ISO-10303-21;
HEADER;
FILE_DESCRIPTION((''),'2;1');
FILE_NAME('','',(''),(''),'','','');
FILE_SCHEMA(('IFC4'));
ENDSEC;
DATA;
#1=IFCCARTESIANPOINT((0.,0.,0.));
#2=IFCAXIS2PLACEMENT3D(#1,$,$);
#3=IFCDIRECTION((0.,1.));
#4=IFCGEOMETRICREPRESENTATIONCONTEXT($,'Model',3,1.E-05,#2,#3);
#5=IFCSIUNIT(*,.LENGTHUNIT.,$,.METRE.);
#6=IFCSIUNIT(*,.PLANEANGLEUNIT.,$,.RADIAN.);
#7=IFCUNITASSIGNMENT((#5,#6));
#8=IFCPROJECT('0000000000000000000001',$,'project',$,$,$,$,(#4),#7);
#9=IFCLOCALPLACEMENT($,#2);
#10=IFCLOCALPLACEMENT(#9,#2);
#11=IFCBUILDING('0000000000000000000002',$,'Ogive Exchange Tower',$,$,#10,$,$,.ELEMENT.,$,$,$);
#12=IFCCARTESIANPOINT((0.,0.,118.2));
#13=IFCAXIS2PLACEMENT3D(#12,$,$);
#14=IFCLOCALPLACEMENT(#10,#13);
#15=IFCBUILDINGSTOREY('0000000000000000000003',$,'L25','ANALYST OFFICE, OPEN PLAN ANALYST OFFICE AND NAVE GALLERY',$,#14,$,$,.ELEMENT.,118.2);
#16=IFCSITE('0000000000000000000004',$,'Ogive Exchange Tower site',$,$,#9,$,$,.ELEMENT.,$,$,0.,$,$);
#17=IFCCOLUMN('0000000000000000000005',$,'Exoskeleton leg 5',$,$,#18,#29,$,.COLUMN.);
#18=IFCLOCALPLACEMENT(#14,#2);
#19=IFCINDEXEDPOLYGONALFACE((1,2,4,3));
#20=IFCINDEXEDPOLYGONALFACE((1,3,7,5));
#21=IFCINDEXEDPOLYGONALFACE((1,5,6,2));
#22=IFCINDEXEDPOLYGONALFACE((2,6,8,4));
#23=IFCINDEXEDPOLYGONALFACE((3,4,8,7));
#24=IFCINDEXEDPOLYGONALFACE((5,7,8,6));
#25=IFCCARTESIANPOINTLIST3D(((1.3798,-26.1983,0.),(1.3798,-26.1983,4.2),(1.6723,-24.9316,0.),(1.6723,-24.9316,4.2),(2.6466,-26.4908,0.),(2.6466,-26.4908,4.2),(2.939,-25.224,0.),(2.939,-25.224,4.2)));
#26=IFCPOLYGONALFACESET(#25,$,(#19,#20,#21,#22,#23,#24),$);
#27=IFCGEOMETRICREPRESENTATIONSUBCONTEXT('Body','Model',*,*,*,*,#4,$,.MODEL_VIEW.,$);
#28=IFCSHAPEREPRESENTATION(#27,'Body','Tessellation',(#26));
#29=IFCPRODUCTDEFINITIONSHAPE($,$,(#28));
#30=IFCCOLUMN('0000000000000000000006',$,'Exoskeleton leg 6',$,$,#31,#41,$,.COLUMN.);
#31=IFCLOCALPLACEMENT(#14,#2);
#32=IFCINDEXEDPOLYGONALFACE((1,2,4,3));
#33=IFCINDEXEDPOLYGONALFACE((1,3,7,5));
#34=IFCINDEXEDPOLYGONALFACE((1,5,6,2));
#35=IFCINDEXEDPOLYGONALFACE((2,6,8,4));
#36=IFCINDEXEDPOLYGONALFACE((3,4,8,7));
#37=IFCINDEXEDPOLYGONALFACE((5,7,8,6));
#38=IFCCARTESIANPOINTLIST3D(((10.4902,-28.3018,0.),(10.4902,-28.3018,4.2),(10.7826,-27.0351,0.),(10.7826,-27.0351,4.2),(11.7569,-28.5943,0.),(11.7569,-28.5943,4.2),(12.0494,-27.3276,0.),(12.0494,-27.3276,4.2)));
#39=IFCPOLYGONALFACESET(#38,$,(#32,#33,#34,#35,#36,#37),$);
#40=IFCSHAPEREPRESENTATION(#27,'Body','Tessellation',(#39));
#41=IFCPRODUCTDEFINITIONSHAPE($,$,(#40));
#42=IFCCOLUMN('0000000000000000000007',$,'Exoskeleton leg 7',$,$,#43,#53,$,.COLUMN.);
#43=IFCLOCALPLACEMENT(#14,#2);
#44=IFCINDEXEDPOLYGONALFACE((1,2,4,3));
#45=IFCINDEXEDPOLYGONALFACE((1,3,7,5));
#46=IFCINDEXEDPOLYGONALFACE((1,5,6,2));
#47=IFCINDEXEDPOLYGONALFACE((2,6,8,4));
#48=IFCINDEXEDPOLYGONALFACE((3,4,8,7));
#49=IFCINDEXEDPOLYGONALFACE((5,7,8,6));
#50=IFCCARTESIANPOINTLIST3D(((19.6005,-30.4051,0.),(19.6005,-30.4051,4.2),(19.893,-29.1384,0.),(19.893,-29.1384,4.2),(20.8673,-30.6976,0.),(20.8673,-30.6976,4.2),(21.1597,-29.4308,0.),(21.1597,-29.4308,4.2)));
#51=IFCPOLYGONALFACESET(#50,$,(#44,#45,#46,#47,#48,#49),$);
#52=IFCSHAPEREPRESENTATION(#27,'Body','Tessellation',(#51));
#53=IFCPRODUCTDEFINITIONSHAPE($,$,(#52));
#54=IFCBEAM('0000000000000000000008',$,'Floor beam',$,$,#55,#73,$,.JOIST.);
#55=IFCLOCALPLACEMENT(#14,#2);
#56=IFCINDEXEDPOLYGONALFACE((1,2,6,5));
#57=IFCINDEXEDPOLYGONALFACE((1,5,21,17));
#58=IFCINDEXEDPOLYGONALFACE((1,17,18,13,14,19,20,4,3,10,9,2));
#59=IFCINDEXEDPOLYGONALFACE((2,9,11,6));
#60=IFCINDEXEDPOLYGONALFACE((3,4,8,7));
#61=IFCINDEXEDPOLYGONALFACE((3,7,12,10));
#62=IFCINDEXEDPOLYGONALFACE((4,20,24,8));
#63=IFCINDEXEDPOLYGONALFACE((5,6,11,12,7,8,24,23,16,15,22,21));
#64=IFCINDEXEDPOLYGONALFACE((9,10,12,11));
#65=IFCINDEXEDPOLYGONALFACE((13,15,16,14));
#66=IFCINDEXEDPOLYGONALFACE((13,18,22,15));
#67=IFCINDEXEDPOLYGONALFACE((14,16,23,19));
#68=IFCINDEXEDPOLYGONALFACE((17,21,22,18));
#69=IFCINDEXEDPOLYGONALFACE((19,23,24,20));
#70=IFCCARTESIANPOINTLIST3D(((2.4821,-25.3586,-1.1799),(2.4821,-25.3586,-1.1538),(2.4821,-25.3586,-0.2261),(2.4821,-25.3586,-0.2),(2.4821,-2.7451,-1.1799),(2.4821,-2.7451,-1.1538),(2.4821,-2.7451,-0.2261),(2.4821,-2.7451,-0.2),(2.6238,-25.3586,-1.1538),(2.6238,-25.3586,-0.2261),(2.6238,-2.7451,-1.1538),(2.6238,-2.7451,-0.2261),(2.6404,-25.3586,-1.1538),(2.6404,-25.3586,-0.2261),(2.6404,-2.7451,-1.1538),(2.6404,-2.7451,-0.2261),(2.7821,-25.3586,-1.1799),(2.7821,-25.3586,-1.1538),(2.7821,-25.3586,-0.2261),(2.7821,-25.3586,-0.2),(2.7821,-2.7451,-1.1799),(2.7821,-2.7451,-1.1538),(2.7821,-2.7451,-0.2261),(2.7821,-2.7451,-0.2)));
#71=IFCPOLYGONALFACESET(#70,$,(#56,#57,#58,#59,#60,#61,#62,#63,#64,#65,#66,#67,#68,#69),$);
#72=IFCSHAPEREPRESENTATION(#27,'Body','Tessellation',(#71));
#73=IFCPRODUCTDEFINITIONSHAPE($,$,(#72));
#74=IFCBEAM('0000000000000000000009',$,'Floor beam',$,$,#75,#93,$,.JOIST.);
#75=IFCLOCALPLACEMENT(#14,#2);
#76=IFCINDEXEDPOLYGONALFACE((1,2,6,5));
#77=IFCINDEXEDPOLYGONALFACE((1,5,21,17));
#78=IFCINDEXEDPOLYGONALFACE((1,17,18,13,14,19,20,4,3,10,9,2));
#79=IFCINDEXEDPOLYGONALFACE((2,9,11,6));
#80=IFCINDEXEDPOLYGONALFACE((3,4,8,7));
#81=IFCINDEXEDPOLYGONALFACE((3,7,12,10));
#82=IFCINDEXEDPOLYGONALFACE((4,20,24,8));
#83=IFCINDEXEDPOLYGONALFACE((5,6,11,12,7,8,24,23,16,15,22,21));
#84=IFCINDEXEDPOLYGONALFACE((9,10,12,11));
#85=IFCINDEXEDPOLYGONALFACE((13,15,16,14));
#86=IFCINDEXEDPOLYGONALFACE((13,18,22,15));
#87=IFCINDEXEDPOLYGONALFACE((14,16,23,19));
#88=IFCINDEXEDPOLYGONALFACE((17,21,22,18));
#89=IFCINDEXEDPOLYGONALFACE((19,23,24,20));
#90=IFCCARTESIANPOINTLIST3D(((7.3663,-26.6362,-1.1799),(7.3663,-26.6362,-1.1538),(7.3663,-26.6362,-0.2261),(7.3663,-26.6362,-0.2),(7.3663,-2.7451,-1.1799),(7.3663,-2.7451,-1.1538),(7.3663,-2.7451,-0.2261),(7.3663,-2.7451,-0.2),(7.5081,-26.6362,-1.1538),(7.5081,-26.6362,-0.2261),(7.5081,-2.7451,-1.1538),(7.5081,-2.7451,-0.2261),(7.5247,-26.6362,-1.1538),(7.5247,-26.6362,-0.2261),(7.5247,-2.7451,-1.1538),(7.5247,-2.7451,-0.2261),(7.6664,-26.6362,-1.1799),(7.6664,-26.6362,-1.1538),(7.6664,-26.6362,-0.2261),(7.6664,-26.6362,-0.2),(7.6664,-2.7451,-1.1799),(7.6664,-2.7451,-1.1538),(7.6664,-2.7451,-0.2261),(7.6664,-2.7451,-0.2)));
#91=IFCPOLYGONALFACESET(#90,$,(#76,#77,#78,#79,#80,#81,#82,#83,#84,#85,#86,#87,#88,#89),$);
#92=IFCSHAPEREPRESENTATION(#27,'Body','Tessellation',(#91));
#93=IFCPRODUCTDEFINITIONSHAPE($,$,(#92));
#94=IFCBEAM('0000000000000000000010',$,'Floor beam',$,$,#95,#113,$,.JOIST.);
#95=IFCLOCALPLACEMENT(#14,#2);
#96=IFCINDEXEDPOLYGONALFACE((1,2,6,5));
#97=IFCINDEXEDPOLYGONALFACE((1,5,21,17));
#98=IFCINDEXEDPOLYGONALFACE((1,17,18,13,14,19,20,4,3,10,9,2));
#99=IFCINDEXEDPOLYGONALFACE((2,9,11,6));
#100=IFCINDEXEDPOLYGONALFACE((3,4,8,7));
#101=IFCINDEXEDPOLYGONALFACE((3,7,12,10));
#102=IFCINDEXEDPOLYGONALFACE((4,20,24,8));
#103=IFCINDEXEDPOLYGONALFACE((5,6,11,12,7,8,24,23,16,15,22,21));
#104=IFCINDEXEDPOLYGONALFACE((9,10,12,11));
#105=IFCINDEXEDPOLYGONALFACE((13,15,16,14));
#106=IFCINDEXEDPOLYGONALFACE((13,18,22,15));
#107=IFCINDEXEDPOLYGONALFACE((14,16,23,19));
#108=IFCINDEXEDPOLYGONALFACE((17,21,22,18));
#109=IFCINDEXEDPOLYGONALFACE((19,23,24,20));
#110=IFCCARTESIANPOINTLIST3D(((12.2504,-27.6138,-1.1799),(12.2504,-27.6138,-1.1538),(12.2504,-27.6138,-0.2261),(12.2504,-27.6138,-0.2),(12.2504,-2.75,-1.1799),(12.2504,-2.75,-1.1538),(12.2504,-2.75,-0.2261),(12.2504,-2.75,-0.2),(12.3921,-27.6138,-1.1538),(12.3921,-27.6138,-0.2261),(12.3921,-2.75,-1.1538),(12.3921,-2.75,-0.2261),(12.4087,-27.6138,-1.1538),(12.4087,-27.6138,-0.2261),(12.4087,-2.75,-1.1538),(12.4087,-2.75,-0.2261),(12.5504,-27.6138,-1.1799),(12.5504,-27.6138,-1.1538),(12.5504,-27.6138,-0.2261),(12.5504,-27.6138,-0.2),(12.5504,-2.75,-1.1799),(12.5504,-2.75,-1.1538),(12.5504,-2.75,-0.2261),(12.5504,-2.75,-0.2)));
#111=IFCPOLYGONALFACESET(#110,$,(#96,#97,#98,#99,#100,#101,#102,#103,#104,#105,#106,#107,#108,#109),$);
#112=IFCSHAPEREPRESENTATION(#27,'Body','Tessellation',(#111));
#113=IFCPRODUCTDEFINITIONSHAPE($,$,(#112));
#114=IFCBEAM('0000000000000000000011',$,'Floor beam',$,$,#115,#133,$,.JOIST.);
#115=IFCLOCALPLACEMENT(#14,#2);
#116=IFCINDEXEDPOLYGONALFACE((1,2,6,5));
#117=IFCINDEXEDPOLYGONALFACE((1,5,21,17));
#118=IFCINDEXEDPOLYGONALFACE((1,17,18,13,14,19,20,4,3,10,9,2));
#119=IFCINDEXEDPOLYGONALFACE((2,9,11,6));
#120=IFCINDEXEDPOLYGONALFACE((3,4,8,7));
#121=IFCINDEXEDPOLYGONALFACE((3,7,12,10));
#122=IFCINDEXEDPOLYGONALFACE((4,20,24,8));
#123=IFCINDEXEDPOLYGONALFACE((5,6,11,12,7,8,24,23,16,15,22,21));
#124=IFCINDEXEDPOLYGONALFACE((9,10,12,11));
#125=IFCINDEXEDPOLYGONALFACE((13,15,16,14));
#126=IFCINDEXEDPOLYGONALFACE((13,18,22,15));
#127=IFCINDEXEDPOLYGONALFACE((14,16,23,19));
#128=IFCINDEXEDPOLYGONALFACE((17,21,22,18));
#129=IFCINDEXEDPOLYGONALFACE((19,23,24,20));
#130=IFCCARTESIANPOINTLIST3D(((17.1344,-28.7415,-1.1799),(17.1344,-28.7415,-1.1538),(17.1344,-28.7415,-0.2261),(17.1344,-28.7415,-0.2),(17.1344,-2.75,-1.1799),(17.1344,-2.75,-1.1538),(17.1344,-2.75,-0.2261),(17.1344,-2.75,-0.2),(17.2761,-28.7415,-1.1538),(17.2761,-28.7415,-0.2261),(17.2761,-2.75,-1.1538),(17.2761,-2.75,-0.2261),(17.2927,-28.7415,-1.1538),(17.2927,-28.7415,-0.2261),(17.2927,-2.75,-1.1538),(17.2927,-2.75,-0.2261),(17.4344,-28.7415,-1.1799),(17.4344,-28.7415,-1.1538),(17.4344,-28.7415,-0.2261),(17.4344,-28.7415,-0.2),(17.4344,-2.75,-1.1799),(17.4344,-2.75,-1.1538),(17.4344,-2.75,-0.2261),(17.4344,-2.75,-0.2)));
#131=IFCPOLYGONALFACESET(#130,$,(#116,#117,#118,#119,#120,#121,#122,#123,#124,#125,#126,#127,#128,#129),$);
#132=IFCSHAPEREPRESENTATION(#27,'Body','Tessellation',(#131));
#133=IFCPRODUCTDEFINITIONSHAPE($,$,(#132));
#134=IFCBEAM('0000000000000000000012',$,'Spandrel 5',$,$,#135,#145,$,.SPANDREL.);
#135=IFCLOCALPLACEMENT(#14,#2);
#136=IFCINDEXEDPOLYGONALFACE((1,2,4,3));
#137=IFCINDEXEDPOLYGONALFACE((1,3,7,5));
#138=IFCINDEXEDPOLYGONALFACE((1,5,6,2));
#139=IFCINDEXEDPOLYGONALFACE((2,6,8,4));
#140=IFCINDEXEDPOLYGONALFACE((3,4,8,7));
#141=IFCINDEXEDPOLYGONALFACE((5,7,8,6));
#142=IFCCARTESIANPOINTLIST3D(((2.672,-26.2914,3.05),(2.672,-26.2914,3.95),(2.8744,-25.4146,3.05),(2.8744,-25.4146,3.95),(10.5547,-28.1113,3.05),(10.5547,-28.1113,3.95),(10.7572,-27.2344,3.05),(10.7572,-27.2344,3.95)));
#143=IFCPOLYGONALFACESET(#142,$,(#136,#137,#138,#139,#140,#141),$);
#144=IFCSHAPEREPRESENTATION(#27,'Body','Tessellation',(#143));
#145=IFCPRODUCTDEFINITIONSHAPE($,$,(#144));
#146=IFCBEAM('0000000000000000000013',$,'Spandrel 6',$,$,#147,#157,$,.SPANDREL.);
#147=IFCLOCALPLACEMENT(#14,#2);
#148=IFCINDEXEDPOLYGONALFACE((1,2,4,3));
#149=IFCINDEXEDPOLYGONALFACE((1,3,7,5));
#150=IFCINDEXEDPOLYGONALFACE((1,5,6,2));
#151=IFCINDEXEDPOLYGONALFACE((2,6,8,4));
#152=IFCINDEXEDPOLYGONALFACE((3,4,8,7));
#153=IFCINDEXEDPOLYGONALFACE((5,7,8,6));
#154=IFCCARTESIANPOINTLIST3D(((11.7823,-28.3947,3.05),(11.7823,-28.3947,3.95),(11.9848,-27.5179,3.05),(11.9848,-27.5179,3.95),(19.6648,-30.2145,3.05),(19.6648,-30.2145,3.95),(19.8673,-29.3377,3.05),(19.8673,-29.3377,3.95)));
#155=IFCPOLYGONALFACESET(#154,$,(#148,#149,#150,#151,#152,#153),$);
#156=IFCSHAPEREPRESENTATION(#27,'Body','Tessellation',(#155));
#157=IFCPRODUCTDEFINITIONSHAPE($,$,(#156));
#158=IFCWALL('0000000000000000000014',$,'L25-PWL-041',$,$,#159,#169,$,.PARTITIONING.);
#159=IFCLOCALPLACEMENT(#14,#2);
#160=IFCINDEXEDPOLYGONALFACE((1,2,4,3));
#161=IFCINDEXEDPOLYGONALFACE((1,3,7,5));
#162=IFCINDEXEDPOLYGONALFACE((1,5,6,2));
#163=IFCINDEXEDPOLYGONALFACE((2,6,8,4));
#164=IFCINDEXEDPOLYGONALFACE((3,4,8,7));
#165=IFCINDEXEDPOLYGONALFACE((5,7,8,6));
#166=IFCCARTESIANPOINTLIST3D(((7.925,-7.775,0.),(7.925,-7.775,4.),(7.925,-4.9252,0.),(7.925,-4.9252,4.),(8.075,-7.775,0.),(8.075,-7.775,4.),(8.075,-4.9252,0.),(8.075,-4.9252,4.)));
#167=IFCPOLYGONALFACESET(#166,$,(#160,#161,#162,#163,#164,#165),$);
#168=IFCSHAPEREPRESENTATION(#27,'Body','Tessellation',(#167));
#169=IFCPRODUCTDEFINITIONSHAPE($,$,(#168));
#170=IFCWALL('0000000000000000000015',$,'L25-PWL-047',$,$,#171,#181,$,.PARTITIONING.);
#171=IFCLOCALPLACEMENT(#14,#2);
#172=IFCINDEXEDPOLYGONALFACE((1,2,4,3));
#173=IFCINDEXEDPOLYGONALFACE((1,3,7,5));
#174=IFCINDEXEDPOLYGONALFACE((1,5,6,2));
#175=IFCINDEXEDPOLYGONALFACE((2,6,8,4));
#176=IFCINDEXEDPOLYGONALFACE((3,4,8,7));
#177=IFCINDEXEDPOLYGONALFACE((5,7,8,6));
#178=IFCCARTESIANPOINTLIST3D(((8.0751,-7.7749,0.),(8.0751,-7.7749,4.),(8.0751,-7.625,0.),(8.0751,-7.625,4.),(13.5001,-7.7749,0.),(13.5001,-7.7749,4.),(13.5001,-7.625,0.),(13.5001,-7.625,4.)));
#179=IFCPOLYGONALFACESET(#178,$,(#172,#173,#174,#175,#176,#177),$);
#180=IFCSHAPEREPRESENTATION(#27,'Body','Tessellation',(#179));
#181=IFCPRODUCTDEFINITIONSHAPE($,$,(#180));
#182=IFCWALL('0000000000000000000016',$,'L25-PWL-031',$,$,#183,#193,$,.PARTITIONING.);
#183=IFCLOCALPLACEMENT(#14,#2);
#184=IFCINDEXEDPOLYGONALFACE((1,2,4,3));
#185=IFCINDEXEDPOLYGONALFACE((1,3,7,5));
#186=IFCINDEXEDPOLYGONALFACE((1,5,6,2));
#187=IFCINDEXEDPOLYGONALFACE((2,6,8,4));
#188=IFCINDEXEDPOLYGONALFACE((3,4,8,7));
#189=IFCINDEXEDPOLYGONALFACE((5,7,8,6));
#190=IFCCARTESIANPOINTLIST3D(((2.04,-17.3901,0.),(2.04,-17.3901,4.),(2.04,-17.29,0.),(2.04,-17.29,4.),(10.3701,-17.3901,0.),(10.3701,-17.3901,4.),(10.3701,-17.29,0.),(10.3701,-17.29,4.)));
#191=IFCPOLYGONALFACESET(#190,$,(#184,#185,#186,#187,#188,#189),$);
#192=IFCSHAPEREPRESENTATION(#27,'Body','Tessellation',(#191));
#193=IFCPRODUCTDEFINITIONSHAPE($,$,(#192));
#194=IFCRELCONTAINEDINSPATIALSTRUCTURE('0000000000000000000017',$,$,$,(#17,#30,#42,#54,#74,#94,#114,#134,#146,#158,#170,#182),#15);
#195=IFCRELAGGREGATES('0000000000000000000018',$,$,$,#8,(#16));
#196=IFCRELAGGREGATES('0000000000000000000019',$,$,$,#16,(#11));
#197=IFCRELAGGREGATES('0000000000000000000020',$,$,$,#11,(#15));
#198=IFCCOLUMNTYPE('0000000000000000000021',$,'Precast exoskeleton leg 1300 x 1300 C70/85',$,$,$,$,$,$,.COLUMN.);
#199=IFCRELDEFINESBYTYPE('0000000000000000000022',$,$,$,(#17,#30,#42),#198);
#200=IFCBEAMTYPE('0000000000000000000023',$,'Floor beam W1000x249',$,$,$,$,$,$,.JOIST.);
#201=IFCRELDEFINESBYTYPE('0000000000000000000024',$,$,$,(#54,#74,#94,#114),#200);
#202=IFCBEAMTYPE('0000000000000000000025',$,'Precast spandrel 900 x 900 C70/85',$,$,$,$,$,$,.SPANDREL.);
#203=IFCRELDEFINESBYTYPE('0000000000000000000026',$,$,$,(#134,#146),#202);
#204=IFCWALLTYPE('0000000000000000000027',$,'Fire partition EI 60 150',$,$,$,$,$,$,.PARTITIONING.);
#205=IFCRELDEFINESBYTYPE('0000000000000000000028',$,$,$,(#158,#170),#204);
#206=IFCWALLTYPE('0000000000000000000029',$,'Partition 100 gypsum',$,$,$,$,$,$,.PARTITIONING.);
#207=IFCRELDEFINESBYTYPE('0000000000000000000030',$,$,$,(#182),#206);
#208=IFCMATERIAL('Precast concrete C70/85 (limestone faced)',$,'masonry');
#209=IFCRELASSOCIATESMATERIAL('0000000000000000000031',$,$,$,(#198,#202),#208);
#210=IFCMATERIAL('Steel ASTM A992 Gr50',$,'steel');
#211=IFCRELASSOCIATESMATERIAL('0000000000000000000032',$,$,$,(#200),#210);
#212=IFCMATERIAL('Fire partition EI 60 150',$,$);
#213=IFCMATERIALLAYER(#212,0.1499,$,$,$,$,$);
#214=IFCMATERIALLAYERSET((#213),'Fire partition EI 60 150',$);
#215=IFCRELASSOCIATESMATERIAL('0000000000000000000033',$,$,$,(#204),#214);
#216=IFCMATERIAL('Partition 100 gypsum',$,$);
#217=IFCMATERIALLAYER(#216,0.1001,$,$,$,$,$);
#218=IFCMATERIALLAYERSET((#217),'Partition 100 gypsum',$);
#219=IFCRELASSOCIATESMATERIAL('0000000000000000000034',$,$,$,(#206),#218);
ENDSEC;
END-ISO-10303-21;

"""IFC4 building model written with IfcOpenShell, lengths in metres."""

from ifc_helpers import new_model, si_unit, direction, frame, frame_2d, origin, origin_2d, place, context, subcontext, project, spatial, rectangle, i_section, extrude, material, layer, layer_set, material_profile, profile_set, type_object, element, save


model = new_model("IFC4")

# Units and contexts
model_context = context("Model", 3, precision=1e-05, world=origin(), true_north=direction((0.0, 1.0)))
body_context = subcontext(model_context, "Body", "Model", "MODEL_VIEW")
ifc_project = project(units=[si_unit("LENGTHUNIT", "METRE"), si_unit("PLANEANGLEUNIT", "RADIAN")], contexts=[model_context])

# Site, building, storey
site_placement = place(None, origin())
site = spatial("IfcSite", under=ifc_project, at=site_placement, Name="Ogive Exchange Tower site", CompositionType="ELEMENT", RefElevation=0.0)
building_placement = place(site_placement, origin())
building = spatial("IfcBuilding", under=site, at=building_placement, Name="Ogive Exchange Tower", CompositionType="ELEMENT")
storey_placement = place(building_placement, frame((0.0, 0.0, 118.2)))
storey = spatial("IfcBuildingStorey", under=building, at=storey_placement, Name="L25", Description="ANALYST OFFICE, OPEN PLAN ANALYST OFFICE AND NAVE GALLERY", CompositionType="ELEMENT", Elevation=118.2)

# Columns
ifc_material_1 = material(Name="Precast concrete C70/85 (limestone faced)", Category="masonry")
ifc_material_profile_1 = material_profile(ifc_material_1, rectangle(XDim=1.3, YDim=1.3, at=origin_2d()), Name="1300 x 1300")
ifc_profile_set_1 = profile_set([ifc_material_profile_1], Name="Precast concrete C70/85 (limestone faced)")
column_type = type_object("IfcColumnType", Name="Precast exoskeleton leg 1300 x 1300 C70/85", PredefinedType="COLUMN", material=ifc_profile_set_1)
for number, where, z_axis, x_axis, name in (
    (1, (2.1594, -25.7112, 0.0), (0.0, 0.0, 1.0), (0.97437, -0.224951, 0.0), "Exoskeleton leg 5"),
    (2, (11.2698, -27.8147, 0.0), (0.0, 0.0, 1.0), (0.97437, -0.224951, 0.0), "Exoskeleton leg 6"),
    (3, (20.3801, -29.918, 0.0), (0.0, 0.0, 1.0), (0.97437, -0.224951, 0.0), "Exoskeleton leg 7"),
):
    element("IfcColumn", number, at=place(storey_placement, frame(where, z_axis=z_axis, x_axis=x_axis)), inside=storey, type_object=column_type, Name=name, PredefinedType="COLUMN", context=body_context, shape_type="SweptSolid", body=[
        extrude(rectangle(XDim=1.3, YDim=1.3, at=origin_2d()), origin(), (0.0, 0.0, 1.0), 4.2),
    ])

# Beams
ifc_material_2 = material(Name="Steel ASTM A992 Gr50", Category="steel")
ifc_material_profile_2 = material_profile(ifc_material_2, i_section(OverallWidth=0.3, OverallDepth=0.98, WebThickness=0.0166, FlangeThickness=0.0261, at=origin_2d()), Name="W1000x249")
ifc_profile_set_2 = profile_set([ifc_material_profile_2], Name="Steel ASTM A992 Gr50")
beam_type_1 = type_object("IfcBeamType", Name="Floor beam W1000x249", PredefinedType="JOIST", material=ifc_profile_set_2)
beam_1_placement = place(storey_placement, frame((2.6321, -25.3586, -0.6899), z_axis=(0.0, 1.0, 0.0), x_axis=(-1.0, 0.0, 0.0)))
element("IfcBeam", 4, at=beam_1_placement, inside=storey, type_object=beam_type_1, Name="Floor beam", PredefinedType="JOIST", context=body_context, shape_type="SweptSolid", body=[
    extrude(i_section(OverallWidth=0.3, OverallDepth=0.98, WebThickness=0.0166, FlangeThickness=0.0261, at=origin_2d()), origin(), (0.0, 0.0, 1.0), 22.6135),
])
beam_2_placement = place(storey_placement, frame((7.5164, -26.6362, -0.6899), z_axis=(0.0, 1.0, 0.0), x_axis=(-1.0, 0.0, 0.0)))
element("IfcBeam", 5, at=beam_2_placement, inside=storey, type_object=beam_type_1, Name="Floor beam", PredefinedType="JOIST", context=body_context, shape_type="SweptSolid", body=[
    extrude(i_section(OverallWidth=0.3, OverallDepth=0.98, WebThickness=0.0166, FlangeThickness=0.0261, at=origin_2d()), origin(), (0.0, 0.0, 1.0), 23.8911),
])
beam_3_placement = place(storey_placement, frame((12.4004, -27.6138, -0.6899), z_axis=(0.0, 1.0, 0.0), x_axis=(-1.0, 0.0, 0.0)))
element("IfcBeam", 6, at=beam_3_placement, inside=storey, type_object=beam_type_1, Name="Floor beam", PredefinedType="JOIST", context=body_context, shape_type="SweptSolid", body=[
    extrude(i_section(OverallWidth=0.3, OverallDepth=0.98, WebThickness=0.0166, FlangeThickness=0.0261, at=origin_2d()), origin(), (0.0, 0.0, 1.0), 24.8638),
])
beam_4_placement = place(storey_placement, frame((17.2844, -28.7415, -0.6899), z_axis=(0.0, 1.0, 0.0), x_axis=(-1.0, 0.0, 0.0)))
element("IfcBeam", 7, at=beam_4_placement, inside=storey, type_object=beam_type_1, Name="Floor beam", PredefinedType="JOIST", context=body_context, shape_type="SweptSolid", body=[
    extrude(i_section(OverallWidth=0.3, OverallDepth=0.98, WebThickness=0.0166, FlangeThickness=0.0261, at=origin_2d()), origin(), (0.0, 0.0, 1.0), 25.9915),
])
ifc_material_profile_3 = material_profile(ifc_material_1, rectangle(XDim=0.8999, YDim=0.8999, at=origin_2d()), Name="900 x 900")
ifc_profile_set_3 = profile_set([ifc_material_profile_3], Name="Precast concrete C70/85 (limestone faced)")
beam_type_2 = type_object("IfcBeamType", Name="Precast spandrel 900 x 900 C70/85", PredefinedType="SPANDREL", material=ifc_profile_set_3)
beam_5_placement = place(storey_placement, frame((2.7732, -25.853, 3.5), z_axis=(0.974372, -0.224943, 0.0), x_axis=(0.224943, 0.974372, 0.0)))
element("IfcBeam", 8, at=beam_5_placement, inside=storey, type_object=beam_type_2, Name="Spandrel 5", PredefinedType="SPANDREL", context=body_context, shape_type="SweptSolid", body=[
    extrude(rectangle(XDim=0.8999, YDim=0.8999, at=origin_2d()), origin(), (0.0, 0.0, 1.0), 8.0901),
])
beam_6_placement = place(storey_placement, frame((11.8835, -27.9563, 3.5), z_axis=(0.97437, -0.22495, 0.0), x_axis=(0.22495, 0.97437, 0.0)))
element("IfcBeam", 9, at=beam_6_placement, inside=storey, type_object=beam_type_2, Name="Spandrel 6", PredefinedType="SPANDREL", context=body_context, shape_type="SweptSolid", body=[
    extrude(rectangle(XDim=0.8999, YDim=0.8999, at=origin_2d()), origin(), (0.0, 0.0, 1.0), 8.0898),
])

# Walls
ifc_material_3 = material(Name="Fire partition EI 60 150")
ifc_layer_1 = layer(ifc_material_3, 0.1499)
ifc_layer_set_1 = layer_set([ifc_layer_1], Name="Fire partition EI 60 150")
wall_type_1 = type_object("IfcWallType", Name="Fire partition EI 60 150", PredefinedType="PARTITIONING", material=ifc_layer_set_1)
wall_1_placement = place(storey_placement, frame((8.0, -7.7749, 0.0), z_axis=(0.0, 0.0, 1.0), x_axis=(0.0, 1.0, 0.0)))
element("IfcWall", 10, at=wall_1_placement, inside=storey, type_object=wall_type_1, Name="L25-PWL-041", PredefinedType="PARTITIONING", context=body_context, shape_type="SweptSolid", body=[
    extrude(rectangle(XDim=2.8499, YDim=0.1499, at=frame_2d((1.4248, 0.0))), origin(), (0.0, 0.0, 1.0), 4.0),
])
wall_2_placement = place(storey_placement, frame((13.5, -7.7, 0.0), z_axis=(0.0, 0.0, 1.0), x_axis=(-1.0, 0.0, 0.0)))
element("IfcWall", 11, at=wall_2_placement, inside=storey, type_object=wall_type_1, Name="L25-PWL-047", PredefinedType="PARTITIONING", context=body_context, shape_type="SweptSolid", body=[
    extrude(rectangle(XDim=5.425, YDim=0.1499, at=frame_2d((2.7124, 0.0))), origin(), (0.0, 0.0, 1.0), 4.0),
])
ifc_material_4 = material(Name="Partition 100 gypsum")
ifc_layer_2 = layer(ifc_material_4, 0.1001)
ifc_layer_set_2 = layer_set([ifc_layer_2], Name="Partition 100 gypsum")
wall_type_2 = type_object("IfcWallType", Name="Partition 100 gypsum", PredefinedType="PARTITIONING", material=ifc_layer_set_2)
wall_3_placement = place(storey_placement, frame((2.04, -17.3401, 0.0), z_axis=(0.0, 0.0, 1.0), x_axis=(1.0, 0.0, 0.0)))
element("IfcWall", 12, at=wall_3_placement, inside=storey, type_object=wall_type_2, Name="L25-PWL-031", PredefinedType="PARTITIONING", context=body_context, shape_type="SweptSolid", body=[
    extrude(rectangle(XDim=8.3301, YDim=0.1001, at=frame_2d((4.165, 0.0))), origin(), (0.0, 0.0, 1.0), 4.0),
])

save(model, "model.ifc")
